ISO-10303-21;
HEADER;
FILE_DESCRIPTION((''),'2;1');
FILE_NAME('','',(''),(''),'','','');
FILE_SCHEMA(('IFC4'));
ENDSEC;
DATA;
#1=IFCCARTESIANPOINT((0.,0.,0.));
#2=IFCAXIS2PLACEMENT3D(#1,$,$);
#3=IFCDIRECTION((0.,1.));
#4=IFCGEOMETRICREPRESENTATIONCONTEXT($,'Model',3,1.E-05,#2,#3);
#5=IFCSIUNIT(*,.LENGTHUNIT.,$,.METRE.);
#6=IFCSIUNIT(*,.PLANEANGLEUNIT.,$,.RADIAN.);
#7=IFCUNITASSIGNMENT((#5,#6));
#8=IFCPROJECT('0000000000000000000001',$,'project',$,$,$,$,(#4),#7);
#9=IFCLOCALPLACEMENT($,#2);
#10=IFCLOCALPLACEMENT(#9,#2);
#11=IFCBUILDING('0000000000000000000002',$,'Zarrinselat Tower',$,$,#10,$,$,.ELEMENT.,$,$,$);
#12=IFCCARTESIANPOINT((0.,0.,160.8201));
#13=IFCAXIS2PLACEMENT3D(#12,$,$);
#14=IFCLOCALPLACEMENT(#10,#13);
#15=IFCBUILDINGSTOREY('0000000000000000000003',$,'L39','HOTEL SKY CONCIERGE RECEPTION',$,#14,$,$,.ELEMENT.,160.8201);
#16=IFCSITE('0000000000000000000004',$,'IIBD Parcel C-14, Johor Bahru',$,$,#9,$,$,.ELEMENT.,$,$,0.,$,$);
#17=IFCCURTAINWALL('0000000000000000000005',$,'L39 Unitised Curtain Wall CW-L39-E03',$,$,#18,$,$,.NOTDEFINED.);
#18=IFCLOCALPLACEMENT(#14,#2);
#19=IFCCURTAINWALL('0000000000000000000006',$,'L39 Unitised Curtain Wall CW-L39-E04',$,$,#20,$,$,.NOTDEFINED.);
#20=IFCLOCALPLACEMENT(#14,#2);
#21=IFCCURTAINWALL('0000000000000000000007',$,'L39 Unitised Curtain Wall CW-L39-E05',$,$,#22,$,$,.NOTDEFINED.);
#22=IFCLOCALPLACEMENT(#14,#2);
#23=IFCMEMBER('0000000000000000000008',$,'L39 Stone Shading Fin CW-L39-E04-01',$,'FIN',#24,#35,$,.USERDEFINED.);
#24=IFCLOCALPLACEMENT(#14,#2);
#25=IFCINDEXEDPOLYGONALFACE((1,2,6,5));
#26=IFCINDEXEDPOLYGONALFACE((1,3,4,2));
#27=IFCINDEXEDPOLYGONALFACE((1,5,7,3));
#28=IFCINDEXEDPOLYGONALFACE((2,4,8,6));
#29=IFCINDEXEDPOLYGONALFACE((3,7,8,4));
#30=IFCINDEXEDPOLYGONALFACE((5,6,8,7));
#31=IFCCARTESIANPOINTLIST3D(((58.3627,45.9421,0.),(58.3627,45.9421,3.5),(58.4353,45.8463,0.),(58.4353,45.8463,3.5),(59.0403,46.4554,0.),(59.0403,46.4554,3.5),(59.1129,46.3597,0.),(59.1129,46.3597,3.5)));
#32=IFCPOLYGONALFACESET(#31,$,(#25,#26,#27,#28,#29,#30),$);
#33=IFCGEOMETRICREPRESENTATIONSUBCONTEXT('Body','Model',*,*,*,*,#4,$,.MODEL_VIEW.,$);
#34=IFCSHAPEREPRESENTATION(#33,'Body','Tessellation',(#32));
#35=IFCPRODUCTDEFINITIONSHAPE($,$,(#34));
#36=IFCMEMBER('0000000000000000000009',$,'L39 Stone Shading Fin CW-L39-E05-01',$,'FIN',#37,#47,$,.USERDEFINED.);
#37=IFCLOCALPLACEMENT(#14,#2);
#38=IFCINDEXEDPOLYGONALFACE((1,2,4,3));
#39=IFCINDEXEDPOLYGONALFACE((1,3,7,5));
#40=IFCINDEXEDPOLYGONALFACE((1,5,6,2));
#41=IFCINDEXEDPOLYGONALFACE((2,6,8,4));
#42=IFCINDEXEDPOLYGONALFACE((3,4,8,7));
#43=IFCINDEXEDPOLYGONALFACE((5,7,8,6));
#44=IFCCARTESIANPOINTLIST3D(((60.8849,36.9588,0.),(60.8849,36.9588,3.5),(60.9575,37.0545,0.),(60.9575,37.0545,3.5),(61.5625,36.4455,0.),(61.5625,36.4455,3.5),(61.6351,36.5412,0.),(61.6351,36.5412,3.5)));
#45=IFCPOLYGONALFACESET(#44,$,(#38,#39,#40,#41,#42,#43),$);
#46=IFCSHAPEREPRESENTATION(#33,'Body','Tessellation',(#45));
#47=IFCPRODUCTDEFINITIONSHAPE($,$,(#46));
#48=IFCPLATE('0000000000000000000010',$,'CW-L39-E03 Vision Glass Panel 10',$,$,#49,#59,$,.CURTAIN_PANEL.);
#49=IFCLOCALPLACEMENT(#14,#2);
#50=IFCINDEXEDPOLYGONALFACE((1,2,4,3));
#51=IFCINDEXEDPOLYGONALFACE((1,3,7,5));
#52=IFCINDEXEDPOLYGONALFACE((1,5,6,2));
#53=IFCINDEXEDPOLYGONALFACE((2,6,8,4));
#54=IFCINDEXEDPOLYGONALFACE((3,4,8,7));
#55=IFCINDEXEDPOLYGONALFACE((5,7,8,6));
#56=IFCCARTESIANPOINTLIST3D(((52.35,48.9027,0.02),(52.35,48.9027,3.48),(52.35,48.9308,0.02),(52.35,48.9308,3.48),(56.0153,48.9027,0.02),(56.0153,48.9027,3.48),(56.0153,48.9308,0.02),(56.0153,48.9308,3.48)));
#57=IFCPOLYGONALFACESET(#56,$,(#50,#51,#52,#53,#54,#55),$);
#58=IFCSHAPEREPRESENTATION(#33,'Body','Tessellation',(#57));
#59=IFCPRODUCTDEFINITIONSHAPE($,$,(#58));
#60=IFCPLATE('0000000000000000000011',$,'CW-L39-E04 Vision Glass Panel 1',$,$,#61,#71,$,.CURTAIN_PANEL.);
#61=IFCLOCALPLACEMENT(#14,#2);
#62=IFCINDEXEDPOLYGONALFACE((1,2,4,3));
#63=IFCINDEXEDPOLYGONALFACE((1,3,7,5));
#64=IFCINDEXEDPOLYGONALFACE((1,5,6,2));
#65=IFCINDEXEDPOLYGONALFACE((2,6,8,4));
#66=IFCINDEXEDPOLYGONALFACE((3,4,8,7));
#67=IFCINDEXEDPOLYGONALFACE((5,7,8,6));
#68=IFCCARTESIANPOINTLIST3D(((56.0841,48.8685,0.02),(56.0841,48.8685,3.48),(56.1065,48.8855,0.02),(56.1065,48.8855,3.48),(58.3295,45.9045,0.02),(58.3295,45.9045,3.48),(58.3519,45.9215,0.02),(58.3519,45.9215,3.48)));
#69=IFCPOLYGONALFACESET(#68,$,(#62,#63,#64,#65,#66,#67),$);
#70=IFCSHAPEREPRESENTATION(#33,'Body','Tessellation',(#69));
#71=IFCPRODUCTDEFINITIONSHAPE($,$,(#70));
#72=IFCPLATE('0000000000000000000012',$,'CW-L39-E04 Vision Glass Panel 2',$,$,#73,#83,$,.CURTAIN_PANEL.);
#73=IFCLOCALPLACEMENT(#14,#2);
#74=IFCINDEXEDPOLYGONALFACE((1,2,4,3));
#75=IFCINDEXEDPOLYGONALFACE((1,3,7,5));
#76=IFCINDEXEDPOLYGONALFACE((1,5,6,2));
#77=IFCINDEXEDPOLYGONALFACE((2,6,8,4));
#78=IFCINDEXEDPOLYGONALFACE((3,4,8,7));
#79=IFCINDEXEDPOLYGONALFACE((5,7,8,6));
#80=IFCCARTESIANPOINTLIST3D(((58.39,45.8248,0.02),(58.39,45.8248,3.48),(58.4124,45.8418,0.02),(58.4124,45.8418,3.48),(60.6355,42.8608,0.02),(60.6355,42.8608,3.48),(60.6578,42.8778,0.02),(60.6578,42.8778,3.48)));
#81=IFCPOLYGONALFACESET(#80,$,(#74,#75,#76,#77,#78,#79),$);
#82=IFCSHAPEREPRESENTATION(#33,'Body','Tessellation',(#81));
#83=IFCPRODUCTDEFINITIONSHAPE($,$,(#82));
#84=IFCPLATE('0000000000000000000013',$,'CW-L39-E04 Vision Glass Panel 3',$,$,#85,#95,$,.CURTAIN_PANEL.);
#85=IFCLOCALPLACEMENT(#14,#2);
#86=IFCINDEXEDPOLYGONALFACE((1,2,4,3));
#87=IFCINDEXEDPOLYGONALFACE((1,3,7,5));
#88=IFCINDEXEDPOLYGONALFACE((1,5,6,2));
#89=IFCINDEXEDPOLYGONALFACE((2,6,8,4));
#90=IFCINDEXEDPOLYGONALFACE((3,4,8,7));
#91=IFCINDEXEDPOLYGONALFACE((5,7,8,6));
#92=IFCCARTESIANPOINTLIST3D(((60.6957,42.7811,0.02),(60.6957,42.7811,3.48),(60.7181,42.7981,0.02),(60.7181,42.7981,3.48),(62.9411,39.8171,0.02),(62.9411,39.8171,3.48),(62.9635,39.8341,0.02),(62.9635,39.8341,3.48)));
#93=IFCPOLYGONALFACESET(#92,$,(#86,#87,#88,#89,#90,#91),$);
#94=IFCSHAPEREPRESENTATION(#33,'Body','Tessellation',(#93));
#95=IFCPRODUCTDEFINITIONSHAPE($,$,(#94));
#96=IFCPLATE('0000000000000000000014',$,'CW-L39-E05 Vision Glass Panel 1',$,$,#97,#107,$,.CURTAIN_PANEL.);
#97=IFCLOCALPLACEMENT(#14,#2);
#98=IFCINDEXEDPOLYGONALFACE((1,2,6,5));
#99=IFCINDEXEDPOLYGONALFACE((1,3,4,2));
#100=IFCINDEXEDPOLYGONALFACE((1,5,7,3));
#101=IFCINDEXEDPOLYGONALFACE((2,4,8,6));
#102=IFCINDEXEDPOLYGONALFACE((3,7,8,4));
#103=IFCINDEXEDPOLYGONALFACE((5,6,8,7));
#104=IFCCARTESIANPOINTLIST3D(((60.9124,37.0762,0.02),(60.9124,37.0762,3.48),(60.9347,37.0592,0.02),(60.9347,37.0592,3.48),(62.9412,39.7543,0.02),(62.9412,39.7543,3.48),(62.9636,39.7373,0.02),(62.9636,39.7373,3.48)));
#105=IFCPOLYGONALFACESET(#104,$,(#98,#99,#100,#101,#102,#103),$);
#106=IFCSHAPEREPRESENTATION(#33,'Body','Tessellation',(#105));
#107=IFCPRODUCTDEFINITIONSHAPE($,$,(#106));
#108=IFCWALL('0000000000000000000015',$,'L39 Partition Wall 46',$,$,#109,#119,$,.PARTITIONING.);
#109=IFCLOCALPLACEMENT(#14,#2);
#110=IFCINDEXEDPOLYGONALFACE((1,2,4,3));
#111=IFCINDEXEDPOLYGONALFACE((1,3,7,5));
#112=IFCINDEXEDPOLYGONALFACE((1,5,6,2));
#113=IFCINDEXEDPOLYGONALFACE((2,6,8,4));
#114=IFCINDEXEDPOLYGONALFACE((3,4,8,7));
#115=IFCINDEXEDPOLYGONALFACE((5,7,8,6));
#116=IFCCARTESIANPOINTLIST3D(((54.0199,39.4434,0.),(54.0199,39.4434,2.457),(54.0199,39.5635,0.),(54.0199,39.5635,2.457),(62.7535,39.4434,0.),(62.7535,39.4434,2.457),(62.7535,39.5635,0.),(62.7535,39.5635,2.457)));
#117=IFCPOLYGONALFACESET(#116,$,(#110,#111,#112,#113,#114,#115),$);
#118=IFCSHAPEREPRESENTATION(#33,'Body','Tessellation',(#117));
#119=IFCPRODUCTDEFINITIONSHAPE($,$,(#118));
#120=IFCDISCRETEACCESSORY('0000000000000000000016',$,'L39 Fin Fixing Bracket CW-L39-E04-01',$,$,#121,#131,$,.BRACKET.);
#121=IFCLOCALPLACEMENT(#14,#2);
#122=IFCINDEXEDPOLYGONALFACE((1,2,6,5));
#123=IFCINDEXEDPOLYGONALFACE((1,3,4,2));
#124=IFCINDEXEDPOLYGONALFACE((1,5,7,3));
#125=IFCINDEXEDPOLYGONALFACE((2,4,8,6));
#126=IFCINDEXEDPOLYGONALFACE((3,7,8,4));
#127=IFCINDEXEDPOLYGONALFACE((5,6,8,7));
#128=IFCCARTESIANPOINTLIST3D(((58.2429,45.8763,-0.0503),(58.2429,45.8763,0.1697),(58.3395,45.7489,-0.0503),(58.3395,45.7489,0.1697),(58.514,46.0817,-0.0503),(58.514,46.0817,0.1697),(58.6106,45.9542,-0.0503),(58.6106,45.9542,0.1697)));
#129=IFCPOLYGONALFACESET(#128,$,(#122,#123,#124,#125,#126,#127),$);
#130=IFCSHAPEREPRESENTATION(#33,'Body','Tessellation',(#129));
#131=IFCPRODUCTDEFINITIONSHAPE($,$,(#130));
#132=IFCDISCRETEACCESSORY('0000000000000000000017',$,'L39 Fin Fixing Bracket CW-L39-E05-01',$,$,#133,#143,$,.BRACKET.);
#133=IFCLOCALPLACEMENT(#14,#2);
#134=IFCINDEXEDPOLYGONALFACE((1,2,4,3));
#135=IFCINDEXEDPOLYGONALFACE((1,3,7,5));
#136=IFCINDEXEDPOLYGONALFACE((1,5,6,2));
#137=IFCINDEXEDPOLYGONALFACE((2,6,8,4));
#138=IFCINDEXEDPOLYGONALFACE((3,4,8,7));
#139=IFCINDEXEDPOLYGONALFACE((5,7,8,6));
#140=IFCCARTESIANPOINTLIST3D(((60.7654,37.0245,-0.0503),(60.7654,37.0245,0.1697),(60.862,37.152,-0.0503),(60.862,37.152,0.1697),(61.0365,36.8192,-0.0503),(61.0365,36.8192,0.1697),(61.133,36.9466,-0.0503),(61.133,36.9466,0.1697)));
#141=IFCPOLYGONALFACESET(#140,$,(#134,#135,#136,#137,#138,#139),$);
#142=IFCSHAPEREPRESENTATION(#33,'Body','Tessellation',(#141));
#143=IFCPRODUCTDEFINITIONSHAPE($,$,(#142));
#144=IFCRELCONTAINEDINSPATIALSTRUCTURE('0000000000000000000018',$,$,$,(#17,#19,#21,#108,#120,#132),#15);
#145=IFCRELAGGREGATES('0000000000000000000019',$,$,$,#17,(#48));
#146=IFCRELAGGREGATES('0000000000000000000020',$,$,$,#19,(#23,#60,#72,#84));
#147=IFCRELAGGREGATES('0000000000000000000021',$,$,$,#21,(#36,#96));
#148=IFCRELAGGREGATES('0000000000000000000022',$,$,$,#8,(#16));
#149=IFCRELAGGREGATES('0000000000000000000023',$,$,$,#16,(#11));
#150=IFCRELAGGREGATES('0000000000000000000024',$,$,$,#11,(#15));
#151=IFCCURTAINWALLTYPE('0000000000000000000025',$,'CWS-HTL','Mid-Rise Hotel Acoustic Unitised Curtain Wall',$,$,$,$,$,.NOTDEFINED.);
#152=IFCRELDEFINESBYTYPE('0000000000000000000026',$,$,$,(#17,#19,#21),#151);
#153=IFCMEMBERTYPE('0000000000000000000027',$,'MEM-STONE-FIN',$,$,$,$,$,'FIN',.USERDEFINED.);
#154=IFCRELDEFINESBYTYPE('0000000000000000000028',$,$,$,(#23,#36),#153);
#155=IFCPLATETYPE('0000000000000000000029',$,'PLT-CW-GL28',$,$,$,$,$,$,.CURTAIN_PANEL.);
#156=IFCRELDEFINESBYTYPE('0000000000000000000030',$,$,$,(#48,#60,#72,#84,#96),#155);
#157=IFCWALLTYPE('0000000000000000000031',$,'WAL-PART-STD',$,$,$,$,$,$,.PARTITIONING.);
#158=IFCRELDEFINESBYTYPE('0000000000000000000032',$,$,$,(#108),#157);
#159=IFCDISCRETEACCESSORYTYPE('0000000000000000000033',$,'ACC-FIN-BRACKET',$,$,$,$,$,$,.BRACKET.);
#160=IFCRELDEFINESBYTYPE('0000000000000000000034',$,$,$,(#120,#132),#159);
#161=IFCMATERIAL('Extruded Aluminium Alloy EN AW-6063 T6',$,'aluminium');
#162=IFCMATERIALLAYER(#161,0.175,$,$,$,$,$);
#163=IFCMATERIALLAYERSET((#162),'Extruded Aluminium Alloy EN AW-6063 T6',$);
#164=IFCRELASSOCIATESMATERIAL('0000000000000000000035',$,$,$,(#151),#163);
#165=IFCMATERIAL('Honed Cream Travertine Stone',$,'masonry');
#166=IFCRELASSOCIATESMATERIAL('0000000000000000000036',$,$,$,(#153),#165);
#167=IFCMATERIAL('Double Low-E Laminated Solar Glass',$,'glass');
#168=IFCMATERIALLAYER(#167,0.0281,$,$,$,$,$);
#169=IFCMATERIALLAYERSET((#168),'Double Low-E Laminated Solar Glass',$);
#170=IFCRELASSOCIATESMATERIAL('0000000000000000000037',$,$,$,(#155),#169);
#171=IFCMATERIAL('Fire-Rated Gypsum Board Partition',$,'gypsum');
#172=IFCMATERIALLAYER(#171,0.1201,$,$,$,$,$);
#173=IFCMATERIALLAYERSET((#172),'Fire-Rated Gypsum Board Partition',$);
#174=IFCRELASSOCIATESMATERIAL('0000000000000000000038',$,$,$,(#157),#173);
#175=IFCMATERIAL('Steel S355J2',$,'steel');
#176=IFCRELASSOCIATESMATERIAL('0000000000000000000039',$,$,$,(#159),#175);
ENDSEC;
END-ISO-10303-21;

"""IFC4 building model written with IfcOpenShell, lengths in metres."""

from ifc_helpers import new_model, si_unit, direction, frame, frame_2d, origin, origin_2d, place, context, subcontext, project, spatial, rectangle, extrude, material, layer, layer_set, material_profile, profile_set, type_object, element, aggregate, save


model = new_model("IFC4")

# Units and contexts
model_context = context("Model", 3, precision=1e-05, world=origin(), true_north=direction((0.0, 1.0)))
body_context = subcontext(model_context, "Body", "Model", "MODEL_VIEW")
ifc_project = project(units=[si_unit("LENGTHUNIT", "METRE"), si_unit("PLANEANGLEUNIT", "RADIAN")], contexts=[model_context])

# Site, building, storey
site_placement = place(None, origin())
site = spatial("IfcSite", under=ifc_project, at=site_placement, Name="IIBD Parcel C-14, Johor Bahru", CompositionType="ELEMENT", RefElevation=0.0)
building_placement = place(site_placement, origin())
building = spatial("IfcBuilding", under=site, at=building_placement, Name="Zarrinselat Tower", CompositionType="ELEMENT")
storey_placement = place(building_placement, frame((0.0, 0.0, 160.8201)))
storey = spatial("IfcBuildingStorey", under=building, at=storey_placement, Name="L39", Description="HOTEL SKY CONCIERGE RECEPTION", CompositionType="ELEMENT", Elevation=160.8201)

# Curtain wall
ifc_material_1 = material(Name="Extruded Aluminium Alloy EN AW-6063 T6", Category="aluminium")
ifc_layer_1 = layer(ifc_material_1, 0.175)
ifc_layer_set_1 = layer_set([ifc_layer_1], Name="Extruded Aluminium Alloy EN AW-6063 T6")
curtain_wall_type = type_object("IfcCurtainWallType", Name="CWS-HTL", Description="Mid-Rise Hotel Acoustic Unitised Curtain Wall", PredefinedType="NOTDEFINED", material=ifc_layer_set_1)
curtain_wall_1_placement = place(storey_placement, origin())
curtain_wall_1 = element("IfcCurtainWall", 1, at=curtain_wall_1_placement, inside=storey, type_object=curtain_wall_type, Name="L39 Unitised Curtain Wall CW-L39-E03", PredefinedType="NOTDEFINED")

# Curtain wall
curtain_wall_2_placement = place(storey_placement, origin())
curtain_wall_2 = element("IfcCurtainWall", 2, at=curtain_wall_2_placement, inside=storey, type_object=curtain_wall_type, Name="L39 Unitised Curtain Wall CW-L39-E04", PredefinedType="NOTDEFINED")

# Curtain wall
curtain_wall_3_placement = place(storey_placement, origin())
curtain_wall_3 = element("IfcCurtainWall", 3, at=curtain_wall_3_placement, inside=storey, type_object=curtain_wall_type, Name="L39 Unitised Curtain Wall CW-L39-E05", PredefinedType="NOTDEFINED")

# Members
ifc_material_2 = material(Name="Honed Cream Travertine Stone", Category="masonry")
ifc_material_profile_1 = material_profile(ifc_material_2, rectangle(XDim=0.1201, YDim=0.8501, at=origin_2d()), Name="FIN 850x120")
ifc_profile_set_1 = profile_set([ifc_material_profile_1], Name="Honed Cream Travertine Stone")
member_type_1 = type_object("IfcMemberType", Name="MEM-STONE-FIN", ElementType="FIN", PredefinedType="USERDEFINED", material=ifc_profile_set_1)
member_1_placement = place(storey_placement, frame((58.7378, 46.1509, 0.0), z_axis=(0.0, 0.0, 1.0), x_axis=(0.603856, -0.797093, 0.0)))
member_1 = element("IfcMember", 4, at=member_1_placement, type_object=member_type_1, Name="L39 Stone Shading Fin CW-L39-E04-01", ObjectType="FIN", PredefinedType="USERDEFINED", context=body_context, shape_type="SweptSolid", body=[
    extrude(rectangle(XDim=0.1201, YDim=0.8501, at=origin_2d()), origin(), (0.0, 0.0, 1.0), 3.5),
])
member_2_placement = place(storey_placement, frame((61.26, 36.75, 0.0), z_axis=(0.0, 0.0, 1.0), x_axis=(-0.603859, -0.797092, 0.0)))
member_2 = element("IfcMember", 5, at=member_2_placement, type_object=member_type_1, Name="L39 Stone Shading Fin CW-L39-E05-01", ObjectType="FIN", PredefinedType="USERDEFINED", context=body_context, shape_type="SweptSolid", body=[
    extrude(rectangle(XDim=0.1201, YDim=0.8501, at=origin_2d()), origin(), (0.0, 0.0, 1.0), 3.5),
])

# Plates
ifc_material_3 = material(Name="Double Low-E Laminated Solar Glass", Category="glass")
ifc_layer_2 = layer(ifc_material_3, 0.0281)
ifc_layer_set_2 = layer_set([ifc_layer_2], Name="Double Low-E Laminated Solar Glass")
plate_type = type_object("IfcPlateType", Name="PLT-CW-GL28", PredefinedType="CURTAIN_PANEL", material=ifc_layer_set_2)
plate_1_placement = place(storey_placement, frame((54.1826, 48.9167, 0.02), z_axis=(0.0, 0.0, 1.0), x_axis=(1.0, 0.0, 0.0)))
plate_1 = element("IfcPlate", 6, at=plate_1_placement, type_object=plate_type, Name="CW-L39-E03 Vision Glass Panel 10", PredefinedType="CURTAIN_PANEL", context=body_context, shape_type="SweptSolid", body=[
    extrude(rectangle(XDim=3.6653, YDim=0.0281, at=origin_2d()), origin(), (0.0, 0.0, 1.0), 3.46),
])
aggregate(curtain_wall_1, [plate_1])
plate_2_placement = place(storey_placement, frame((57.218, 47.395, 0.02), z_axis=(0.0, 0.0, 1.0), x_axis=(0.603856, -0.797093, 0.0)))
plate_2 = element("IfcPlate", 7, at=plate_2_placement, type_object=plate_type, Name="CW-L39-E04 Vision Glass Panel 1", PredefinedType="CURTAIN_PANEL", context=body_context, shape_type="SweptSolid", body=[
    extrude(rectangle(XDim=3.7185, YDim=0.0281, at=origin_2d()), origin(), (0.0, 0.0, 1.0), 3.46),
])
plate_3_placement = place(storey_placement, frame((59.5239, 44.3513, 0.02), z_axis=(0.0, 0.0, 1.0), x_axis=(0.603856, -0.797093, 0.0)))
plate_3 = element("IfcPlate", 8, at=plate_3_placement, type_object=plate_type, Name="CW-L39-E04 Vision Glass Panel 2", PredefinedType="CURTAIN_PANEL", context=body_context, shape_type="SweptSolid", body=[
    extrude(rectangle(XDim=3.7185, YDim=0.0281, at=origin_2d()), origin(), (0.0, 0.0, 1.0), 3.46),
])
plate_4_placement = place(storey_placement, frame((61.8296, 41.3076, 0.02), z_axis=(0.0, 0.0, 1.0), x_axis=(0.603856, -0.797093, 0.0)))
plate_4 = element("IfcPlate", 9, at=plate_4_placement, type_object=plate_type, Name="CW-L39-E04 Vision Glass Panel 3", PredefinedType="CURTAIN_PANEL", context=body_context, shape_type="SweptSolid", body=[
    extrude(rectangle(XDim=3.7185, YDim=0.0281, at=origin_2d()), origin(), (0.0, 0.0, 1.0), 3.46),
])
aggregate(curtain_wall_2, [member_1, plate_2, plate_3, plate_4])
plate_5_placement = place(storey_placement, frame((61.938, 38.4067, 0.02), z_axis=(0.0, 0.0, 1.0), x_axis=(-0.603859, -0.797092, 0.0)))
plate_5 = element("IfcPlate", 10, at=plate_5_placement, type_object=plate_type, Name="CW-L39-E05 Vision Glass Panel 1", PredefinedType="CURTAIN_PANEL", context=body_context, shape_type="SweptSolid", body=[
    extrude(rectangle(XDim=3.3599, YDim=0.0281, at=origin_2d()), origin(), (0.0, 0.0, 1.0), 3.46),
])
aggregate(curtain_wall_3, [member_2, plate_5])

# Wall
ifc_material_4 = material(Name="Fire-Rated Gypsum Board Partition", Category="gypsum")
ifc_layer_3 = layer(ifc_material_4, 0.1201)
ifc_layer_set_3 = layer_set([ifc_layer_3], Name="Fire-Rated Gypsum Board Partition")
wall_type = type_object("IfcWallType", Name="WAL-PART-STD", PredefinedType="PARTITIONING", material=ifc_layer_set_3)
wall_placement = place(storey_placement, frame((54.02, 39.5034, 0.0), z_axis=(0.0, 0.0, 1.0), x_axis=(1.0, 0.0, 0.0)))
element("IfcWall", 11, at=wall_placement, inside=storey, type_object=wall_type, Name="L39 Partition Wall 46", PredefinedType="PARTITIONING", context=body_context, shape_type="SweptSolid", body=[
    extrude(rectangle(XDim=8.7336, YDim=0.1201, at=frame_2d((4.3667, 0.0))), origin(), (0.0, 0.0, 1.0), 2.457),
])

# Discrete accessories
ifc_material_5 = material(Name="Steel S355J2", Category="steel")
discrete_accessory_type = type_object("IfcDiscreteAccessoryType", Name="ACC-FIN-BRACKET", PredefinedType="BRACKET", material=ifc_material_5)
for number, where, z_axis, x_axis, name in (
    (12, (58.4268, 45.9153, -0.0503), (0.0, 0.0, 1.0), (0.797093, 0.603856, 0.0), "L39 Fin Fixing Bracket CW-L39-E04-01"),
    (13, (60.9492, 36.9856, -0.0503), (0.0, 0.0, 1.0), (0.797092, -0.603859, 0.0), "L39 Fin Fixing Bracket CW-L39-E05-01"),
):
    element("IfcDiscreteAccessory", number, at=place(storey_placement, frame(where, z_axis=z_axis, x_axis=x_axis)), inside=storey, type_object=discrete_accessory_type, Name=name, PredefinedType="BRACKET", context=body_context, shape_type="SweptSolid", body=[
        extrude(rectangle(XDim=0.3401, YDim=0.1599, at=origin_2d()), origin(), (0.0, 0.0, 1.0), 0.22),
    ])

save(model, "model.ifc")
